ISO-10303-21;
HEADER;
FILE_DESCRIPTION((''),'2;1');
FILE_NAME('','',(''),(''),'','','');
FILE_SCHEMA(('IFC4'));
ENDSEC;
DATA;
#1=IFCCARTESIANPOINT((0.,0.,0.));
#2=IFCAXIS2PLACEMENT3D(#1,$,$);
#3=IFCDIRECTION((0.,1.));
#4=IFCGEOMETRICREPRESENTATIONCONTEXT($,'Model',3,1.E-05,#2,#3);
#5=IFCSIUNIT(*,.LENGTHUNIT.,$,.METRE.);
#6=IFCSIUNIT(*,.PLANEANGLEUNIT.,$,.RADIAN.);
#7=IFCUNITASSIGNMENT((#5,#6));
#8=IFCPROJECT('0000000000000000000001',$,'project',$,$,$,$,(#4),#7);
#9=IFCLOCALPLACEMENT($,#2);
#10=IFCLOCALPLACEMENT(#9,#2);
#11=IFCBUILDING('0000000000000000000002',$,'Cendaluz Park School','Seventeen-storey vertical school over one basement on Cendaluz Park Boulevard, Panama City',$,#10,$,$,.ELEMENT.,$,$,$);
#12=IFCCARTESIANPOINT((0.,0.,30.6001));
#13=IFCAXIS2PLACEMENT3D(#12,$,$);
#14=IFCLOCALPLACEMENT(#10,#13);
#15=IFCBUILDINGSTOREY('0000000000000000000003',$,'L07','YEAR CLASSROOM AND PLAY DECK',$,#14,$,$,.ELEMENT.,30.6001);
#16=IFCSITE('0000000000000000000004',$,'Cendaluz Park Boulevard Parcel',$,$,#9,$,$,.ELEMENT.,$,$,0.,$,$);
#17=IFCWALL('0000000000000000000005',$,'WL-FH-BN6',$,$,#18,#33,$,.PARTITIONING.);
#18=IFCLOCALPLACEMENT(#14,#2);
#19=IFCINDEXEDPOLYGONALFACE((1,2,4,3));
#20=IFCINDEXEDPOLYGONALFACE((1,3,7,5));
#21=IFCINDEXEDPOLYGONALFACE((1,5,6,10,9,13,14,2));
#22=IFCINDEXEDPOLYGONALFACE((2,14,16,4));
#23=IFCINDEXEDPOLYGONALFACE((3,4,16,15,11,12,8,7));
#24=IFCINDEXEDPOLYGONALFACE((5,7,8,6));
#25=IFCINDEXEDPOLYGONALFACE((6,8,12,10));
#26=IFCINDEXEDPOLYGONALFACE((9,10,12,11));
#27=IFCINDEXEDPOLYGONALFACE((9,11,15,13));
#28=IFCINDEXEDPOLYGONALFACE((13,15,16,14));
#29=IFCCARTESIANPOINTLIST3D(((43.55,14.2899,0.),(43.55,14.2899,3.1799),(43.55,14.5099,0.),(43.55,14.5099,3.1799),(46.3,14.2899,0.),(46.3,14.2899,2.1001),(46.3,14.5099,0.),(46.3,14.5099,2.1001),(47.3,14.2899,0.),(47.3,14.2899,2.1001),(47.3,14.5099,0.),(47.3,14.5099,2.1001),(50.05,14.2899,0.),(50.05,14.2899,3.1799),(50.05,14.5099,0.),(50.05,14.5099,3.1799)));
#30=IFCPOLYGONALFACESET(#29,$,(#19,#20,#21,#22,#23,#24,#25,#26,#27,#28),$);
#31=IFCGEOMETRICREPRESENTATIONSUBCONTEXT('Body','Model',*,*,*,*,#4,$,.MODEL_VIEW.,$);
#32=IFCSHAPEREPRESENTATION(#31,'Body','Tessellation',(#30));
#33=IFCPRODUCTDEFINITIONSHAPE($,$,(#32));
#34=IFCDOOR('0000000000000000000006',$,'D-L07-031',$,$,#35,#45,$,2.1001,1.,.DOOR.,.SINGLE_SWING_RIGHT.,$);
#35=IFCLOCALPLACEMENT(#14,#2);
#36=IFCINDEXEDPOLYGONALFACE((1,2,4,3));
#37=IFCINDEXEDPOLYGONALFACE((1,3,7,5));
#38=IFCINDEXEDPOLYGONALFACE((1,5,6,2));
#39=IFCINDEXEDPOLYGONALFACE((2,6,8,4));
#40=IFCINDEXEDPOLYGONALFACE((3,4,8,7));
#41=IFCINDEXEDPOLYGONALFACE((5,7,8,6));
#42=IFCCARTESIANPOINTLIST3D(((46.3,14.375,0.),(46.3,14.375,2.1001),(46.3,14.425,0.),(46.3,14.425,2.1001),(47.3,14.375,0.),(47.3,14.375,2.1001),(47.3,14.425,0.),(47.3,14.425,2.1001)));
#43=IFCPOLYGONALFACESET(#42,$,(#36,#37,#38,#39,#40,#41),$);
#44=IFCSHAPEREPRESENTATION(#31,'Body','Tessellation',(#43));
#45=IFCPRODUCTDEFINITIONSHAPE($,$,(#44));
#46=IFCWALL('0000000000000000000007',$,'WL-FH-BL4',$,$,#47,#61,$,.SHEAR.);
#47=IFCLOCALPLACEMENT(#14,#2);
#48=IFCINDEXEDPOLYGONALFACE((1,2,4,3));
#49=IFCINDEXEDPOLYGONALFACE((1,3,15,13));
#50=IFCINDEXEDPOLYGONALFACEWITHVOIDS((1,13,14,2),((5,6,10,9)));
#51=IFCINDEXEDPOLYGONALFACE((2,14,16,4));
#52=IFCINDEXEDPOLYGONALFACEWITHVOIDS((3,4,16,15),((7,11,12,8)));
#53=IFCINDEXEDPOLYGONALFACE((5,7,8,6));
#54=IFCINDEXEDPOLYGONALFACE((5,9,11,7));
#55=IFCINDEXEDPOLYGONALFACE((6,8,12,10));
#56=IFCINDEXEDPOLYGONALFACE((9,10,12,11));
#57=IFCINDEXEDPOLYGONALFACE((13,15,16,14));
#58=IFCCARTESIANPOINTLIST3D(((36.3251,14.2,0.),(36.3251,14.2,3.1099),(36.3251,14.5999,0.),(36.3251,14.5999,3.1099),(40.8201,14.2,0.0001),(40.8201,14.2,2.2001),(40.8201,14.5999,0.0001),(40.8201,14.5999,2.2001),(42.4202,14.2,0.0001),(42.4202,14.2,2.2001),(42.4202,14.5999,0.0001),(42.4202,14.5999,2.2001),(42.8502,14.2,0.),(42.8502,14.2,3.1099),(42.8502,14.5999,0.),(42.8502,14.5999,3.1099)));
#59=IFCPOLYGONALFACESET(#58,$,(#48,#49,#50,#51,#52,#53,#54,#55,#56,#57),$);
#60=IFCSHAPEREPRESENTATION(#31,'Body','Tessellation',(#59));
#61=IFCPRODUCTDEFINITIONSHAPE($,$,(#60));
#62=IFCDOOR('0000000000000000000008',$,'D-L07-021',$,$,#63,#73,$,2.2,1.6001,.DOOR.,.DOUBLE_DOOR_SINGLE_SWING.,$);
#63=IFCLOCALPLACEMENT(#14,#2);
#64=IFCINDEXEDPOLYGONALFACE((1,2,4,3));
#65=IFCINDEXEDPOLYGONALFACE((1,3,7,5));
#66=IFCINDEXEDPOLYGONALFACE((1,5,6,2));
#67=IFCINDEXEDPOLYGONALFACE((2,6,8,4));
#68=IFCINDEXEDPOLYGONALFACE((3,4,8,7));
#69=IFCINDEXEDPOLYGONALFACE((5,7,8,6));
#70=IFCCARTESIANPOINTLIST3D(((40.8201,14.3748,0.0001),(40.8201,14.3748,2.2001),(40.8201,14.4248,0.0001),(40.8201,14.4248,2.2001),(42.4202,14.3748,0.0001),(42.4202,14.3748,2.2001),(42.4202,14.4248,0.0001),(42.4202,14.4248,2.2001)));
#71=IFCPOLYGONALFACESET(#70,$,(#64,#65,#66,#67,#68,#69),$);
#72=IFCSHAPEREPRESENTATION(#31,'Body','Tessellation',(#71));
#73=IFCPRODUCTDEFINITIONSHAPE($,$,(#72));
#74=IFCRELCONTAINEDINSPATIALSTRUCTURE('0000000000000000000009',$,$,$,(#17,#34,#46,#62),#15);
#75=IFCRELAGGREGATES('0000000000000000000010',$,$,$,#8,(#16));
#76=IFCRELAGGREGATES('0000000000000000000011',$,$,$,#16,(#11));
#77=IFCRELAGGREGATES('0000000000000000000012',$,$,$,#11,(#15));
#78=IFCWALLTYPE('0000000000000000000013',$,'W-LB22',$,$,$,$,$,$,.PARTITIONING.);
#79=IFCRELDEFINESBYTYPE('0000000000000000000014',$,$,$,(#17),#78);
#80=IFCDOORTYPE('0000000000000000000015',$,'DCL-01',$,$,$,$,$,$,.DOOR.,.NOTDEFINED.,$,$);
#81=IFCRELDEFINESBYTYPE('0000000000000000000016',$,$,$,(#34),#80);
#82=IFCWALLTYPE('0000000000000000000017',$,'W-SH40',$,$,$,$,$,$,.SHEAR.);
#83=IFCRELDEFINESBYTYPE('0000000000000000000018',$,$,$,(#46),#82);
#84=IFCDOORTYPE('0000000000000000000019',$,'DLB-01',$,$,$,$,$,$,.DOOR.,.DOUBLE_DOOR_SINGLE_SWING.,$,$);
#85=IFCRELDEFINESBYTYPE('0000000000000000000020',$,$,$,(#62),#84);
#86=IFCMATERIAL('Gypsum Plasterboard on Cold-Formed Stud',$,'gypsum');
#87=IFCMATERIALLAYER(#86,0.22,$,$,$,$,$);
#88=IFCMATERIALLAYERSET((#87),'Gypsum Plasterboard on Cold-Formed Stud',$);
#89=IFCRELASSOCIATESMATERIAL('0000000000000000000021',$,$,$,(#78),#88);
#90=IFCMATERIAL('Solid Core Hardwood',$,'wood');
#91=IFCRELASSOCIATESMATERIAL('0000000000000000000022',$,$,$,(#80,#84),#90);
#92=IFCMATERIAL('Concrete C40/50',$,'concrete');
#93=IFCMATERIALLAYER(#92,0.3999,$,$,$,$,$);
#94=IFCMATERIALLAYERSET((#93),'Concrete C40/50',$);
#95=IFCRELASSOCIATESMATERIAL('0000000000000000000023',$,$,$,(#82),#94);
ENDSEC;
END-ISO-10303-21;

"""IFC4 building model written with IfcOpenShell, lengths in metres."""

from ifc_helpers import new_model, si_unit, direction, frame, frame_2d, origin, place, context, subcontext, project, spatial, rectangle, extrude, material, layer, layer_set, type_object, element, fill, save


model = new_model("IFC4")

# Units and contexts
model_context = context("Model", 3, precision=1e-05, world=origin(), true_north=direction((0.0, 1.0)))
body_context = subcontext(model_context, "Body", "Model", "MODEL_VIEW")
ifc_project = project(units=[si_unit("LENGTHUNIT", "METRE"), si_unit("PLANEANGLEUNIT", "RADIAN")], contexts=[model_context])

# Site, building, storey
site_placement = place(None, origin())
site = spatial("IfcSite", under=ifc_project, at=site_placement, Name="Cendaluz Park Boulevard Parcel", CompositionType="ELEMENT", RefElevation=0.0)
building_placement = place(site_placement, origin())
building = spatial("IfcBuilding", under=site, at=building_placement, Name="Cendaluz Park School", Description="Seventeen-storey vertical school over one basement on Cendaluz Park Boulevard, Panama City", CompositionType="ELEMENT")
storey_placement = place(building_placement, frame((0.0, 0.0, 30.6001)))
storey = spatial("IfcBuildingStorey", under=building, at=storey_placement, Name="L07", Description="YEAR CLASSROOM AND PLAY DECK", CompositionType="ELEMENT", Elevation=30.6001)

# Shared definitions
ifc_material_1 = material(Name="Concrete C40/50", Category="concrete")

# Shared definitions
ifc_material_2 = material(Name="Solid Core Hardwood", Category="wood")

# Walls, openings, doors
ifc_material_3 = material(Name="Gypsum Plasterboard on Cold-Formed Stud", Category="gypsum")
ifc_layer_1 = layer(ifc_material_3, 0.22)
ifc_layer_set_1 = layer_set([ifc_layer_1], Name="Gypsum Plasterboard on Cold-Formed Stud")
wall_type_1 = type_object("IfcWallType", Name="W-LB22", PredefinedType="PARTITIONING", material=ifc_layer_set_1)
wall_1_placement = place(storey_placement, frame((43.55, 14.3999, 0.0), z_axis=(0.0, 0.0, 1.0), x_axis=(1.0, 0.0, 0.0)))
wall_1 = element("IfcWall", 1, at=wall_1_placement, inside=storey, type_object=wall_type_1, Name="WL-FH-BN6", PredefinedType="PARTITIONING", context=body_context, shape_type="SweptSolid", body=[
    extrude(rectangle(XDim=6.5, YDim=0.22, at=frame_2d((3.25, 0.0))), origin(), (0.0, 0.0, 1.0), 3.1799),
])
opening_1_placement = place(wall_1_placement, frame((2.75, 0.0, 0.0)))
opening_1 = element("IfcOpeningElement", 2, at=opening_1_placement, cuts=wall_1, PredefinedType="OPENING", context=body_context, shape_type="SweptSolid", body=[
    extrude(rectangle(XDim=1.0, YDim=2.1001, at=frame_2d((0.5, 1.05))), frame((0.0, 0.1221, 0.0), z_axis=(0.0, -1.0, 0.0), x_axis=(1.0, 0.0, 0.0)), (0.0, 0.0, 1.0), 0.2439),
])
door_type_1 = type_object("IfcDoorType", Name="DCL-01", OperationType="NOTDEFINED", PredefinedType="DOOR", material=ifc_material_2)
door_1_placement = place(opening_1_placement, frame((1.0, 0.0, 0.0), z_axis=(0.0, 0.0, 1.0), x_axis=(-1.0, 0.0, 0.0)))
door_1 = element("IfcDoor", 3, at=door_1_placement, inside=storey, type_object=door_type_1, Name="D-L07-031", OperationType="SINGLE_SWING_RIGHT", OverallHeight=2.1001, OverallWidth=1.0, PredefinedType="DOOR", context=body_context, shape_type="SweptSolid", body=[
    extrude(rectangle(XDim=1.0, YDim=2.1001, at=frame_2d((0.5, 1.05))), frame((0.0, 0.0249, 0.0), z_axis=(0.0, -1.0, 0.0), x_axis=(1.0, 0.0, 0.0)), (0.0, 0.0, 1.0), 0.05),
])
fill(opening_1, door_1)
ifc_layer_2 = layer(ifc_material_1, 0.3999)
ifc_layer_set_2 = layer_set([ifc_layer_2], Name="Concrete C40/50")
wall_type_2 = type_object("IfcWallType", Name="W-SH40", PredefinedType="SHEAR", material=ifc_layer_set_2)
wall_2_placement = place(storey_placement, frame((36.325, 14.3999, 0.0), z_axis=(0.0, 0.0, 1.0), x_axis=(1.0, 0.0, 0.0)))
wall_2 = element("IfcWall", 4, at=wall_2_placement, inside=storey, type_object=wall_type_2, Name="WL-FH-BL4", PredefinedType="SHEAR", context=body_context, shape_type="SweptSolid", body=[
    extrude(rectangle(XDim=6.5251, YDim=0.3999, at=frame_2d((3.2627, 0.0))), origin(), (0.0, 0.0, 1.0), 3.1099),
])
opening_2_placement = place(wall_2_placement, frame((4.4951, 0.0, 0.0)))
opening_2 = element("IfcOpeningElement", 5, at=opening_2_placement, cuts=wall_2, PredefinedType="OPENING", context=body_context, shape_type="SweptSolid", body=[
    extrude(rectangle(XDim=1.6001, YDim=2.2, at=frame_2d((0.8, 1.1001))), frame((0.0, 0.2119, 0.0), z_axis=(0.0, -1.0, 0.0), x_axis=(1.0, 0.0, 0.0)), (0.0, 0.0, 1.0), 0.4238),
])
door_type_2 = type_object("IfcDoorType", Name="DLB-01", OperationType="DOUBLE_DOOR_SINGLE_SWING", PredefinedType="DOOR", material=ifc_material_2)
door_2_placement = place(opening_2_placement, origin())
door_2 = element("IfcDoor", 6, at=door_2_placement, inside=storey, type_object=door_type_2, Name="D-L07-021", OperationType="DOUBLE_DOOR_SINGLE_SWING", OverallHeight=2.2, OverallWidth=1.6001, PredefinedType="DOOR", context=body_context, shape_type="SweptSolid", body=[
    extrude(rectangle(XDim=1.6001, YDim=2.2, at=frame_2d((0.8, 1.1001))), frame((0.0, 0.0249, 0.0), z_axis=(0.0, -1.0, 0.0), x_axis=(1.0, 0.0, 0.0)), (0.0, 0.0, 1.0), 0.05),
])
fill(opening_2, door_2)

save(model, "model.ifc")
